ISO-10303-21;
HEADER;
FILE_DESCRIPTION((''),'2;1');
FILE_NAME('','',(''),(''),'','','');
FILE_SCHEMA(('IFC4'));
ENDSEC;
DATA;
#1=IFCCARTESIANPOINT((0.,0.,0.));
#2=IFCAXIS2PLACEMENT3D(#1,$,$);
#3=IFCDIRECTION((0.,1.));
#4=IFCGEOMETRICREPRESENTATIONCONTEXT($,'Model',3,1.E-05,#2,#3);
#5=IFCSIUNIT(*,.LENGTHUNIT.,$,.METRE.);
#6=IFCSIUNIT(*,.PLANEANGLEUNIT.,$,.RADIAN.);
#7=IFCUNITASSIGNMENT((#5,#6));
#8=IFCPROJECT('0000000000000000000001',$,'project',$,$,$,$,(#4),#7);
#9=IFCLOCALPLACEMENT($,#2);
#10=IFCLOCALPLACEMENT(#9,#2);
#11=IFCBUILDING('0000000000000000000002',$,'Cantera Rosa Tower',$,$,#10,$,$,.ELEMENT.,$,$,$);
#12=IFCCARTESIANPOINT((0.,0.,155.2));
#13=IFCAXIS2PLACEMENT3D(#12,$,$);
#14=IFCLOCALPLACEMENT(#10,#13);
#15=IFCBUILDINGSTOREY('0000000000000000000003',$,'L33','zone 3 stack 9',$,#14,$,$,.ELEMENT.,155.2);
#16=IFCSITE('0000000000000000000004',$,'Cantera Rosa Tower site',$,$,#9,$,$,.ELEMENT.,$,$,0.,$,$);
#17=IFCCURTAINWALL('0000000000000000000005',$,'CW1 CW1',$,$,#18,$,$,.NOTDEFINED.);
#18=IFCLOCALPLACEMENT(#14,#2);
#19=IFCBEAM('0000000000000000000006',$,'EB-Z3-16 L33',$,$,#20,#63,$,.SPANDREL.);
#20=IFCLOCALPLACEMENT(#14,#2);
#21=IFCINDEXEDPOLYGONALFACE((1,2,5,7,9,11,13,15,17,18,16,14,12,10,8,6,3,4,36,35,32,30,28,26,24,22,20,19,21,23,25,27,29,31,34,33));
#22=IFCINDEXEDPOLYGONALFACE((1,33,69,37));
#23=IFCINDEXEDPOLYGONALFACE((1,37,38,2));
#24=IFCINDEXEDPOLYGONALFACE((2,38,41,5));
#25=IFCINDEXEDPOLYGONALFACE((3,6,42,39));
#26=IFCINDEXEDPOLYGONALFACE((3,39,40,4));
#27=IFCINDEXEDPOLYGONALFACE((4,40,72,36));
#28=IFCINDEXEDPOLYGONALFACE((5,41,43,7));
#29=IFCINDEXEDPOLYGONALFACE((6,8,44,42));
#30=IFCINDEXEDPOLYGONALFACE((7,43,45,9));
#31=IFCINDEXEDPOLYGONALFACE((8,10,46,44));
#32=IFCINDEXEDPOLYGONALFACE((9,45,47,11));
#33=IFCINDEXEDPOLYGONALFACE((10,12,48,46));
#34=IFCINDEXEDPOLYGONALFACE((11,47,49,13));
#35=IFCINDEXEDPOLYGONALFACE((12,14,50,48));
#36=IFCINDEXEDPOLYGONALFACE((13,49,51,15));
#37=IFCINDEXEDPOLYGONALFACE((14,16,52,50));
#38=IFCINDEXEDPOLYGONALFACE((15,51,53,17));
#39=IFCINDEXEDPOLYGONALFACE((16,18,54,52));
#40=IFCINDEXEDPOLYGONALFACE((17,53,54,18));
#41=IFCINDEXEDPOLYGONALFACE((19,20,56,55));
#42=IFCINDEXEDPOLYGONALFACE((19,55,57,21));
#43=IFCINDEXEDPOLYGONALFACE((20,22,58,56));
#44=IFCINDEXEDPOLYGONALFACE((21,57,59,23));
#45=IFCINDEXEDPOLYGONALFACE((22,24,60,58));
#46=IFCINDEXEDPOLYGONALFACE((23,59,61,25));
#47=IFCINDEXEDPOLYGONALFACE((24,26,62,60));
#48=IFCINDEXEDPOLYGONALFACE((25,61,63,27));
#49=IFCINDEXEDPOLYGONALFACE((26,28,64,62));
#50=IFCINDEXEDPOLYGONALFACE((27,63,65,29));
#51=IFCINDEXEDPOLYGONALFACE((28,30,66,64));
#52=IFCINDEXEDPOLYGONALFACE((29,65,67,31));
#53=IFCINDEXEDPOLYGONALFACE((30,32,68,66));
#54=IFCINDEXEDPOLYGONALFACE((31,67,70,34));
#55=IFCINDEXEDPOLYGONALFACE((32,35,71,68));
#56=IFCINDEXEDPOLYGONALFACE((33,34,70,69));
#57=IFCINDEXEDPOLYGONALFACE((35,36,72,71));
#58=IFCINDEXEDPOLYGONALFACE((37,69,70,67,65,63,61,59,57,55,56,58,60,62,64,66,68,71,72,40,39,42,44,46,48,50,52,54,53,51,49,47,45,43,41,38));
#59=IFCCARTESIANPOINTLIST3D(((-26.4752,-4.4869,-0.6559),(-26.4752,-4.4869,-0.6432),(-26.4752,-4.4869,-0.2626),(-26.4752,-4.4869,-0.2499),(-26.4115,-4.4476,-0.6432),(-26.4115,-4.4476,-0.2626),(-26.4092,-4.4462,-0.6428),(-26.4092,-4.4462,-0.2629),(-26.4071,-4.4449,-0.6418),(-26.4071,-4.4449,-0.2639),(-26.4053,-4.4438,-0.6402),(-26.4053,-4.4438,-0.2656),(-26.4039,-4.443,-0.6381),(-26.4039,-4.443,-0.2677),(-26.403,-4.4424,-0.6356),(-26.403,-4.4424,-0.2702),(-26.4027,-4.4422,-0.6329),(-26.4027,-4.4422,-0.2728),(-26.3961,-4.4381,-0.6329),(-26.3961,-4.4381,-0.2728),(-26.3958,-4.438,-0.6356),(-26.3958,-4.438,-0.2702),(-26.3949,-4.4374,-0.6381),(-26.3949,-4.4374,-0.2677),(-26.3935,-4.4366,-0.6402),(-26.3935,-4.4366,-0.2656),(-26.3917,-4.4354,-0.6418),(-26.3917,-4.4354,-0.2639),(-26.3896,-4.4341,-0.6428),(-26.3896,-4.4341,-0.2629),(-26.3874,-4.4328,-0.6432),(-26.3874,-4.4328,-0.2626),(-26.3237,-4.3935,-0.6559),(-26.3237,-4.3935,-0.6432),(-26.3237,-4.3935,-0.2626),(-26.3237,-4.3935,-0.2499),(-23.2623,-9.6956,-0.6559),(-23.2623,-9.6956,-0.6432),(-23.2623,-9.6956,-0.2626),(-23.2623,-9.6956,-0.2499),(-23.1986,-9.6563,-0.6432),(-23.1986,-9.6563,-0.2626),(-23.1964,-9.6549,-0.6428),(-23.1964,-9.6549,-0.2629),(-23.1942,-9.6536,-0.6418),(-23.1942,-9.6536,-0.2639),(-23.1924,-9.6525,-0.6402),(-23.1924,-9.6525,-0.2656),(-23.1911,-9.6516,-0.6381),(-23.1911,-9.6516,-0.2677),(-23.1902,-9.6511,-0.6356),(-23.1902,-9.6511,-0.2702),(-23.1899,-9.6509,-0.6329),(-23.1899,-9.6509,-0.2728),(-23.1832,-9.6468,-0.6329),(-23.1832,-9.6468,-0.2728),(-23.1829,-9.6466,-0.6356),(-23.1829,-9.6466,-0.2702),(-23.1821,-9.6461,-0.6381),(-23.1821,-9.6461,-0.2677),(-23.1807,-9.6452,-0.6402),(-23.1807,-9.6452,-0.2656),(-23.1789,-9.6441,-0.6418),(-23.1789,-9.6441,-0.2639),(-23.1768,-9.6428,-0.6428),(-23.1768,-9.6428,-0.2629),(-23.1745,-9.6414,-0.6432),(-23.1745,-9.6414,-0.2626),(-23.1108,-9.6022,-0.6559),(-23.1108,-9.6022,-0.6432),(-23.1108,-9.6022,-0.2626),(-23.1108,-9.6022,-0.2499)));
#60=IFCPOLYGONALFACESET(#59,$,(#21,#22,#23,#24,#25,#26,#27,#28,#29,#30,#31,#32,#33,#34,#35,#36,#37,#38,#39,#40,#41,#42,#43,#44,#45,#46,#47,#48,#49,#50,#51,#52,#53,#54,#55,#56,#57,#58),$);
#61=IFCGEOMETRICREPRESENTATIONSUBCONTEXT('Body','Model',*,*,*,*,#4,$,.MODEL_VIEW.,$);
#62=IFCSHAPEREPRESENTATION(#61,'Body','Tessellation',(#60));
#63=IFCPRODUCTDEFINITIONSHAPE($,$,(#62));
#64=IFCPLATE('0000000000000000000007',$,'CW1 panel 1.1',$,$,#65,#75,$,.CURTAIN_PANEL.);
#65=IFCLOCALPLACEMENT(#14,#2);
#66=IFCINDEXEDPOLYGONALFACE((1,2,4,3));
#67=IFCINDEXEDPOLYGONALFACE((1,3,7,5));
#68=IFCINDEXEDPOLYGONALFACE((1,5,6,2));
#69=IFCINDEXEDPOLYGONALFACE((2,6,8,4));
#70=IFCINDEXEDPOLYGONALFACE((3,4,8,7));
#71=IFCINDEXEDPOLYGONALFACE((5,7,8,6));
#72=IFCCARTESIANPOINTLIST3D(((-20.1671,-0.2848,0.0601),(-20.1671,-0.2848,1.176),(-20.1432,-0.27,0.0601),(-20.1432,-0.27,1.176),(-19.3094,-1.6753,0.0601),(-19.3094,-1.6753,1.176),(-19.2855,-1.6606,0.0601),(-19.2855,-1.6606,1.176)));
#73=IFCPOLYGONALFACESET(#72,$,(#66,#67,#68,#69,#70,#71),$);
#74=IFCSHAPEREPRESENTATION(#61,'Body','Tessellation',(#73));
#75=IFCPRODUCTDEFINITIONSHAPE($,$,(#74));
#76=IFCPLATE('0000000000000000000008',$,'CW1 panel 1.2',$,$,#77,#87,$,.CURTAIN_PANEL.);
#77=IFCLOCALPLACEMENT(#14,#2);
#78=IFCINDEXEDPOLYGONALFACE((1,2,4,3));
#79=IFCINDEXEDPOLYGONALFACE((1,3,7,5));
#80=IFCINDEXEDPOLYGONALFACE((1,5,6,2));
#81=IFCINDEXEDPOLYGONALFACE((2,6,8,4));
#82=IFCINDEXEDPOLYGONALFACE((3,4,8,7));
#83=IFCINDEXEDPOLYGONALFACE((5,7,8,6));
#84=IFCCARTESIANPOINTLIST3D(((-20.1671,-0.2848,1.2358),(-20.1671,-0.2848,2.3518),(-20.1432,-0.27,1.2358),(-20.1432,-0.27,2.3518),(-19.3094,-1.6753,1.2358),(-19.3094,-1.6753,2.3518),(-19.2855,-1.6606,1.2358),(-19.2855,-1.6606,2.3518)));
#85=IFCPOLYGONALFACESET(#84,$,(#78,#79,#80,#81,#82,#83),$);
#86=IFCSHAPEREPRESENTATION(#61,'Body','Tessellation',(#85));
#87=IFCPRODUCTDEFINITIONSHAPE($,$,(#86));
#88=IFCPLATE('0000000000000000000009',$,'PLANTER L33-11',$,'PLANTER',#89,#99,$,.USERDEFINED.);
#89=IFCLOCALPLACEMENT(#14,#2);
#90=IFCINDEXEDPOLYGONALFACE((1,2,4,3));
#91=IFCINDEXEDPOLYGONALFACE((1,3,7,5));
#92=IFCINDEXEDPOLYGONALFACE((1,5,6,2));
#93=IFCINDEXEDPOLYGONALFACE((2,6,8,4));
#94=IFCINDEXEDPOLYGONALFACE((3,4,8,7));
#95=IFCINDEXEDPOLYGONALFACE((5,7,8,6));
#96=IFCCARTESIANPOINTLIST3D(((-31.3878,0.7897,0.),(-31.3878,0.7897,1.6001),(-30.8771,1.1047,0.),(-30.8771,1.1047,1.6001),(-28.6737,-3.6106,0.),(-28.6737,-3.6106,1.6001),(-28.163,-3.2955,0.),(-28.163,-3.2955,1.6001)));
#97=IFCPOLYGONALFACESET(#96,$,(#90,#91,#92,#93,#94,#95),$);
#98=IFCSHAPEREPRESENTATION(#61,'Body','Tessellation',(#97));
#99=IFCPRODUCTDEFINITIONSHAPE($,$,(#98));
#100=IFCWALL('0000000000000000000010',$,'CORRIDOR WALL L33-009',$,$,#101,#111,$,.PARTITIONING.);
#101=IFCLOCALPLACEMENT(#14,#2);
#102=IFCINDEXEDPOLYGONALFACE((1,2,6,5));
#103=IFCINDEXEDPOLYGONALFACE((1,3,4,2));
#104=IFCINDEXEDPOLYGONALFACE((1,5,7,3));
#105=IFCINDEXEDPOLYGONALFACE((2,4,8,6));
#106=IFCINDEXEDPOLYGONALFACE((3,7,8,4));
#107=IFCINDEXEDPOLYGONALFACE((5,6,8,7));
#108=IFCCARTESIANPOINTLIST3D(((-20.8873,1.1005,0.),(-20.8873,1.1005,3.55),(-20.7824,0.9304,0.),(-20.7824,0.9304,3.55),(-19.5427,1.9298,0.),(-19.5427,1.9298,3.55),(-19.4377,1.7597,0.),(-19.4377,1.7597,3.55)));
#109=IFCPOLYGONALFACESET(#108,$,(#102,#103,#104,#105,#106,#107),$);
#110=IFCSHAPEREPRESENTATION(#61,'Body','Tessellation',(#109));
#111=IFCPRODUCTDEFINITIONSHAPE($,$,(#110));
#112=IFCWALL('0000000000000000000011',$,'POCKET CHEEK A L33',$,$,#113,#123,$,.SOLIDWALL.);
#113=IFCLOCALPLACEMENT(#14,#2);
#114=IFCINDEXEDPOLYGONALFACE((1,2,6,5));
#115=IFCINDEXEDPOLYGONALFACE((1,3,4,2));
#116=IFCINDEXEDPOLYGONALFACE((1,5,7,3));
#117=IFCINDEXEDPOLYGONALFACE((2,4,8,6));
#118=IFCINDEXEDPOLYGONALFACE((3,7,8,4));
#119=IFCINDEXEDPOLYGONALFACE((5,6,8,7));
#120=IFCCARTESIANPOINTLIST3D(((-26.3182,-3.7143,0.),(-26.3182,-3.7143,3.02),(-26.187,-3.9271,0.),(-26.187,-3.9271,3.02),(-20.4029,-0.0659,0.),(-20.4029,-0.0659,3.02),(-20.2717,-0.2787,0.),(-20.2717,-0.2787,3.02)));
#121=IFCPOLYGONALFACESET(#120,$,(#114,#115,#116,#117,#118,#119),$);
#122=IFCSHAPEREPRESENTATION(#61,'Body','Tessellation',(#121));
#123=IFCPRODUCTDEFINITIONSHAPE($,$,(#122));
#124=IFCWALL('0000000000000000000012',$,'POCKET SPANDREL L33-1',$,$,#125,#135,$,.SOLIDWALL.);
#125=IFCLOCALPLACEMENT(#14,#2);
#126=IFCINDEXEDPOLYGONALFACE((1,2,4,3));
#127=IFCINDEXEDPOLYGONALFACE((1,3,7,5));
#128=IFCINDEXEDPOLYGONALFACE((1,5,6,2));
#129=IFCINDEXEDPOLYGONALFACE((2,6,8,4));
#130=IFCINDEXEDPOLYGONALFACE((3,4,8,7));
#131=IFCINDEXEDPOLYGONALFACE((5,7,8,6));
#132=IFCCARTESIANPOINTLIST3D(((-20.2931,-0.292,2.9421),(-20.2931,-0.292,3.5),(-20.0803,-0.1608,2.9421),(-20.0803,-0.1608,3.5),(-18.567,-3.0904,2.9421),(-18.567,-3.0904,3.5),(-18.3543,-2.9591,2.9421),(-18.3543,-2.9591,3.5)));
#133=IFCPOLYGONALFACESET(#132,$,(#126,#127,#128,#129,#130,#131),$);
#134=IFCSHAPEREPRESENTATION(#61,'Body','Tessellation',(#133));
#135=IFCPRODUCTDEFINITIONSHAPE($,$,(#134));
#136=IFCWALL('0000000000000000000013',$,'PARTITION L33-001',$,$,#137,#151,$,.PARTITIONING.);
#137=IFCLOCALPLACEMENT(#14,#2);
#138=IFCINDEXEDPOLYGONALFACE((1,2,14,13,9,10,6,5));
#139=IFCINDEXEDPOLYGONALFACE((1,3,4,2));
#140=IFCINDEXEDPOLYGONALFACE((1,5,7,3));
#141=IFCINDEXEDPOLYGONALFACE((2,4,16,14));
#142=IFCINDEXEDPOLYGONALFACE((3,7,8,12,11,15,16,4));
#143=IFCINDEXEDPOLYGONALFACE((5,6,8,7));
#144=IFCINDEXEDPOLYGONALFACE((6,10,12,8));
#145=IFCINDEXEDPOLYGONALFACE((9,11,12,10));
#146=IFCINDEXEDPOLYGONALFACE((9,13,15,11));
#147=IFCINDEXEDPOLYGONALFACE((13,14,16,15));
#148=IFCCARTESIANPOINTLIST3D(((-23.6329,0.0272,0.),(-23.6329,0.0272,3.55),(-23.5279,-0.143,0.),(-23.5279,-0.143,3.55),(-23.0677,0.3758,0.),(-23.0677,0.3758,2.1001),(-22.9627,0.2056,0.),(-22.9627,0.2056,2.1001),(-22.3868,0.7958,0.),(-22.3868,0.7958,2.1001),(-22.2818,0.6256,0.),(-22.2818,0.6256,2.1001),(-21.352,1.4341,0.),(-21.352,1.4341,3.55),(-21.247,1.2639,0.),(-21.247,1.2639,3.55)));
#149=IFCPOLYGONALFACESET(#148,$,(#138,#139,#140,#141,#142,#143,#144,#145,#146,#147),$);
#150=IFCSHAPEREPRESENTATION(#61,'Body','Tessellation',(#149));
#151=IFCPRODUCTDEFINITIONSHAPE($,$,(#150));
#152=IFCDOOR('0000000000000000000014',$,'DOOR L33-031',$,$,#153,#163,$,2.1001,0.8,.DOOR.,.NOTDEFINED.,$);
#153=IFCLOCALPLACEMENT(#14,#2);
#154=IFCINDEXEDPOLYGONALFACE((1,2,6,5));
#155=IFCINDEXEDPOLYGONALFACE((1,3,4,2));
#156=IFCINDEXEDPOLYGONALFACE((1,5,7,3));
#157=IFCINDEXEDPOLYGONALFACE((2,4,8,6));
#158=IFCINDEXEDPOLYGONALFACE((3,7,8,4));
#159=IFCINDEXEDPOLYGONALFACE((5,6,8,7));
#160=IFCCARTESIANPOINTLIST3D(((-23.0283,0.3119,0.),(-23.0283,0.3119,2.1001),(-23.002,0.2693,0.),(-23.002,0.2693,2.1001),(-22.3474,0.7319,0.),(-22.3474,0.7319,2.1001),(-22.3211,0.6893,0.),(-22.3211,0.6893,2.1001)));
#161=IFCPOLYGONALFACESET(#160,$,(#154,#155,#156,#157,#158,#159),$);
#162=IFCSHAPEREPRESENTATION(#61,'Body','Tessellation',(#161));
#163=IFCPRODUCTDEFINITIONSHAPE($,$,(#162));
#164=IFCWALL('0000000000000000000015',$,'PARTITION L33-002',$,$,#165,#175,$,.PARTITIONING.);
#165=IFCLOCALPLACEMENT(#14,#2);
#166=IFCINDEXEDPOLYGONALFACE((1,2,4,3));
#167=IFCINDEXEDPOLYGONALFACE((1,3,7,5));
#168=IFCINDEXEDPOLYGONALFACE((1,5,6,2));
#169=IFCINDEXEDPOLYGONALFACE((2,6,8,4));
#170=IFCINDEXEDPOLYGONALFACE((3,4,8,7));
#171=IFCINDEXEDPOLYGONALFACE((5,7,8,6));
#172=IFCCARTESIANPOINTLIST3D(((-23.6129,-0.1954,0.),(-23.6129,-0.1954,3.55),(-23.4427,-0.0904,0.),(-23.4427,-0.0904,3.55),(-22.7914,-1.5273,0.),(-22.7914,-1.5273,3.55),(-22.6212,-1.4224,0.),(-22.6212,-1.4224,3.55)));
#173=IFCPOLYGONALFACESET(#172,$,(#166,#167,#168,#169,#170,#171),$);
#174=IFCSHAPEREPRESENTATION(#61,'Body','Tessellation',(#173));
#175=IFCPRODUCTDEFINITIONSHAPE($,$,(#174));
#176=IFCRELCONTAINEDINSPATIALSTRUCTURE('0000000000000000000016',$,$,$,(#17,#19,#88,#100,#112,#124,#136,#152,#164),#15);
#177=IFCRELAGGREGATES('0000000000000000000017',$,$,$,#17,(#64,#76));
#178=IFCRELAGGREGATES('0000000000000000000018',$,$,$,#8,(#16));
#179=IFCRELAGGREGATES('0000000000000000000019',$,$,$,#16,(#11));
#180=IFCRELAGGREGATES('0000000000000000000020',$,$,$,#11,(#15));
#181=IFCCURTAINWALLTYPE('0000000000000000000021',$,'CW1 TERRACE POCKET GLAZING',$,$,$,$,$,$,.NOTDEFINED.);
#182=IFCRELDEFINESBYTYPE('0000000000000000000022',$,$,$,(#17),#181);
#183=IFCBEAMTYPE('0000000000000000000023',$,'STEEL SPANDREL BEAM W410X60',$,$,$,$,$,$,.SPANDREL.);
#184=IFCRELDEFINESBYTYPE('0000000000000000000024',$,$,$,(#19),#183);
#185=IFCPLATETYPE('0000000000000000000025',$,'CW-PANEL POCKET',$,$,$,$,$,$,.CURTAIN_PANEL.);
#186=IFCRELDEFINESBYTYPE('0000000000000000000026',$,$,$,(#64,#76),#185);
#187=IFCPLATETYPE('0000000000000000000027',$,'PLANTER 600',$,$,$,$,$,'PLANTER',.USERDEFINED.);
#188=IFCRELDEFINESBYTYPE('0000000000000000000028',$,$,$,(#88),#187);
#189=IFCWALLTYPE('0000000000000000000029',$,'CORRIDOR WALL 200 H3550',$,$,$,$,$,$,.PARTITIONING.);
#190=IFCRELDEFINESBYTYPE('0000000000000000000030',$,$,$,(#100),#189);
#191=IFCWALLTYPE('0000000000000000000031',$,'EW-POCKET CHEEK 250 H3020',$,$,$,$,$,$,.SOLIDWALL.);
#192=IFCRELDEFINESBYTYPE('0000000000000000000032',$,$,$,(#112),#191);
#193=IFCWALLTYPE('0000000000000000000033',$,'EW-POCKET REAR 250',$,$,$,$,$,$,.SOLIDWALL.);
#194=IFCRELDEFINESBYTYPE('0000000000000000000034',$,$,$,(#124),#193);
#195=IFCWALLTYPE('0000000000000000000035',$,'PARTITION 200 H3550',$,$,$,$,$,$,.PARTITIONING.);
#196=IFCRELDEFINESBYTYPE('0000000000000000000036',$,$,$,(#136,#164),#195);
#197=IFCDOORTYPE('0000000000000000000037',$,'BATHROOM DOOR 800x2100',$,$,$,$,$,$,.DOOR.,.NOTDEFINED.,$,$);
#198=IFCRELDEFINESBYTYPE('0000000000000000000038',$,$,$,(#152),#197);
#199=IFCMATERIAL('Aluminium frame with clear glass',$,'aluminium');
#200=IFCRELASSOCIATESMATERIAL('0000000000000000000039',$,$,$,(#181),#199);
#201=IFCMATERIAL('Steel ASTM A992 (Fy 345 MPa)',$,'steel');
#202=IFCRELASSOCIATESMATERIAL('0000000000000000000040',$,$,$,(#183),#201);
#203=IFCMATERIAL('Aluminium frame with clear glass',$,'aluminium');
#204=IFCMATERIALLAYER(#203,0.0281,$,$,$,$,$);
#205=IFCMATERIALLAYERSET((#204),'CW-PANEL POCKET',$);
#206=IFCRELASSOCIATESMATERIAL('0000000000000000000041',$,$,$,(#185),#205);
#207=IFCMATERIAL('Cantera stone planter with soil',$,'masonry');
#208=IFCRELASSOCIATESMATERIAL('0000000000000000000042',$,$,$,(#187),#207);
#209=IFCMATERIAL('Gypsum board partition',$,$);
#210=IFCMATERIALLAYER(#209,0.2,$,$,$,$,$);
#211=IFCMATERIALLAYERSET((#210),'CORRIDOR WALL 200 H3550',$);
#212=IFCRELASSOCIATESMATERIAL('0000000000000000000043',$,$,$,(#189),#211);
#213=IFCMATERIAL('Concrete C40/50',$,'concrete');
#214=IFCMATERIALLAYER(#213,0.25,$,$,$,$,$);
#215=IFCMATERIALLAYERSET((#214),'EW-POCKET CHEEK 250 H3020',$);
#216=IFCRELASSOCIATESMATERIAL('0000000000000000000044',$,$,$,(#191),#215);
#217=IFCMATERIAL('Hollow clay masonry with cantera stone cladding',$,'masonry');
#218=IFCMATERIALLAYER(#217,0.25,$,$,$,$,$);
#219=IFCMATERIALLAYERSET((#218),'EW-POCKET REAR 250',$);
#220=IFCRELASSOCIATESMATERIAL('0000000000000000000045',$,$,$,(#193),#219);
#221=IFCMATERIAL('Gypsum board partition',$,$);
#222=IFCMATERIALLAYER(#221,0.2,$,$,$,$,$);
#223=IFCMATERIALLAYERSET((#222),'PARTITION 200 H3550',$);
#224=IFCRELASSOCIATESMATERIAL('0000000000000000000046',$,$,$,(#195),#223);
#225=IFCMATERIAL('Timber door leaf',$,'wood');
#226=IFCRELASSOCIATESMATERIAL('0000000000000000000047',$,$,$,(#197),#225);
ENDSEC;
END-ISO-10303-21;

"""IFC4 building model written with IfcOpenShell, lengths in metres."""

from ifc_helpers import new_model, si_unit, direction, frame, frame_2d, origin, origin_2d, place, context, subcontext, project, spatial, rectangle, i_section, extrude, material, layer, layer_set, material_profile, profile_set, type_object, element, fill, aggregate, save


model = new_model("IFC4")

# Units and contexts
model_context = context("Model", 3, precision=1e-05, world=origin(), true_north=direction((0.0, 1.0)))
body_context = subcontext(model_context, "Body", "Model", "MODEL_VIEW")
ifc_project = project(units=[si_unit("LENGTHUNIT", "METRE"), si_unit("PLANEANGLEUNIT", "RADIAN")], contexts=[model_context])

# Site, building, storey
site_placement = place(None, origin())
site = spatial("IfcSite", under=ifc_project, at=site_placement, Name="Cantera Rosa Tower site", CompositionType="ELEMENT", RefElevation=0.0)
building_placement = place(site_placement, origin())
building = spatial("IfcBuilding", under=site, at=building_placement, Name="Cantera Rosa Tower", CompositionType="ELEMENT")
storey_placement = place(building_placement, frame((0.0, 0.0, 155.2)))
storey = spatial("IfcBuildingStorey", under=building, at=storey_placement, Name="L33", Description="zone 3 stack 9", CompositionType="ELEMENT", Elevation=155.2)

# Curtain wall
ifc_material_1 = material(Name="Aluminium frame with clear glass", Category="aluminium")
curtain_wall_type = type_object("IfcCurtainWallType", Name="CW1 TERRACE POCKET GLAZING", PredefinedType="NOTDEFINED", material=ifc_material_1)
curtain_wall_placement = place(storey_placement, origin())
curtain_wall = element("IfcCurtainWall", 1, at=curtain_wall_placement, inside=storey, type_object=curtain_wall_type, Name="CW1 CW1", PredefinedType="NOTDEFINED")

# Beam
ifc_material_2 = material(Name="Steel ASTM A992 (Fy 345 MPa)", Category="steel")
ifc_material_profile_1 = material_profile(ifc_material_2, i_section(OverallWidth=0.178, OverallDepth=0.406, WebThickness=0.0078, FlangeThickness=0.0127, FilletRadius=0.0103, at=origin_2d()), Name="W410X60")
ifc_profile_set_1 = profile_set([ifc_material_profile_1], Name="Steel ASTM A992 (Fy 345 MPa)")
beam_type_1 = type_object("IfcBeamType", Name="STEEL SPANDREL BEAM W410X60", PredefinedType="SPANDREL", material=ifc_profile_set_1)
for number, where, z_axis, x_axis, name in (
    (2, (-26.3994, -4.4402, -0.4529), (0.524987, -0.85111, 0.0), (0.85111, 0.524987, 0.0), "EB-Z3-16 L33"),
):
    element("IfcBeam", number, at=place(storey_placement, frame(where, z_axis=z_axis, x_axis=x_axis)), inside=storey, type_object=beam_type_1, Name=name, PredefinedType="SPANDREL", context=body_context, shape_type="SweptSolid", body=[
        extrude(i_section(OverallWidth=0.178, OverallDepth=0.406, WebThickness=0.0078, FlangeThickness=0.0127, FilletRadius=0.0103, at=origin_2d()), origin(), (0.0, 0.0, 1.0), 6.1199),
    ])

# Plates
ifc_material_3 = material(Name="Aluminium frame with clear glass", Category="aluminium")
ifc_layer_1 = layer(ifc_material_3, 0.0281)
ifc_layer_set_1 = layer_set([ifc_layer_1], Name="CW-PANEL POCKET")
plate_type_1 = type_object("IfcPlateType", Name="CW-PANEL POCKET", PredefinedType="CURTAIN_PANEL", material=ifc_layer_set_1)
plate_1_placement = place(storey_placement, frame((-19.7263, -0.9727, 0.0601), z_axis=(0.0, 0.0, 1.0), x_axis=(0.524977, -0.851117, 0.0)))
plate_1 = element("IfcPlate", 3, at=plate_1_placement, type_object=plate_type_1, Name="CW1 panel 1.1", PredefinedType="CURTAIN_PANEL", context=body_context, shape_type="SweptSolid", body=[
    extrude(rectangle(XDim=1.6338, YDim=0.0281, at=origin_2d()), origin(), (0.0, 0.0, 1.0), 1.116),
])
plate_2_placement = place(storey_placement, frame((-19.7263, -0.9727, 1.2358), z_axis=(0.0, 0.0, 1.0), x_axis=(0.524977, -0.851117, 0.0)))
plate_2 = element("IfcPlate", 4, at=plate_2_placement, type_object=plate_type_1, Name="CW1 panel 1.2", PredefinedType="CURTAIN_PANEL", context=body_context, shape_type="SweptSolid", body=[
    extrude(rectangle(XDim=1.6338, YDim=0.0281, at=origin_2d()), origin(), (0.0, 0.0, 1.0), 1.116),
])
aggregate(curtain_wall, [plate_1, plate_2])
ifc_material_4 = material(Name="Cantera stone planter with soil", Category="masonry")
plate_type_2 = type_object("IfcPlateType", Name="PLANTER 600", ElementType="PLANTER", PredefinedType="USERDEFINED", material=ifc_material_4)
plate_3_placement = place(storey_placement, frame((-29.7754, -1.2529, 0.0), z_axis=(0.0, 0.0, 1.0), x_axis=(0.524977, -0.851117, 0.0)))
element("IfcPlate", 5, at=plate_3_placement, inside=storey, type_object=plate_type_2, Name="PLANTER L33-11", ObjectType="PLANTER", PredefinedType="USERDEFINED", context=body_context, shape_type="SweptSolid", body=[
    extrude(rectangle(XDim=5.1699, YDim=0.6001, at=origin_2d()), origin(), (0.0, 0.0, 1.0), 1.6001),
])

# Wall
ifc_material_5 = material(Name="Gypsum board partition")
ifc_layer_2 = layer(ifc_material_5, 0.2)
ifc_layer_set_2 = layer_set([ifc_layer_2], Name="CORRIDOR WALL 200 H3550")
wall_type_1 = type_object("IfcWallType", Name="CORRIDOR WALL 200 H3550", PredefinedType="PARTITIONING", material=ifc_layer_set_2)
wall_1_placement = place(storey_placement, frame((-20.835, 1.0154, 0.0), z_axis=(0.0, 0.0, 1.0), x_axis=(0.851143, 0.524933, 0.0)))
element("IfcWall", 6, at=wall_1_placement, inside=storey, type_object=wall_type_1, Name="CORRIDOR WALL L33-009", PredefinedType="PARTITIONING", context=body_context, shape_type="SweptSolid", body=[
    extrude(rectangle(XDim=1.5798, YDim=0.2, at=frame_2d((0.79, 0.0))), origin(), (0.0, 0.0, 1.0), 3.55),
])

# Walls
ifc_material_6 = material(Name="Concrete C40/50", Category="concrete")
ifc_layer_3 = layer(ifc_material_6, 0.25)
ifc_layer_set_3 = layer_set([ifc_layer_3], Name="EW-POCKET CHEEK 250 H3020")
wall_type_2 = type_object("IfcWallType", Name="EW-POCKET CHEEK 250 H3020", PredefinedType="SOLIDWALL", material=ifc_layer_set_3)
wall_2_placement = place(storey_placement, frame((-26.2527, -3.8208, 0.0), z_axis=(0.0, 0.0, 1.0), x_axis=(0.851127, 0.52496, 0.0)))
element("IfcWall", 7, at=wall_2_placement, inside=storey, type_object=wall_type_2, Name="POCKET CHEEK A L33", PredefinedType="SOLIDWALL", context=body_context, shape_type="SweptSolid", body=[
    extrude(rectangle(XDim=6.95, YDim=0.25, at=frame_2d((3.4751, 0.0))), origin(), (0.0, 0.0, 1.0), 3.02),
])
ifc_material_7 = material(Name="Hollow clay masonry with cantera stone cladding", Category="masonry")
ifc_layer_4 = layer(ifc_material_7, 0.25)
ifc_layer_set_4 = layer_set([ifc_layer_4], Name="EW-POCKET REAR 250")
wall_type_3 = type_object("IfcWallType", Name="EW-POCKET REAR 250", PredefinedType="SOLIDWALL", material=ifc_layer_set_4)
wall_3_placement = place(storey_placement, frame((-20.1868, -0.2263, 2.9421), z_axis=(0.0, 0.0, 1.0), x_axis=(0.524984, -0.851112, 0.0)))
element("IfcWall", 8, at=wall_3_placement, inside=storey, type_object=wall_type_3, Name="POCKET SPANDREL L33-1", PredefinedType="SOLIDWALL", context=body_context, shape_type="SweptSolid", body=[
    extrude(rectangle(XDim=3.2878, YDim=0.25, at=frame_2d((1.644, 0.0))), origin(), (0.0, 0.0, 1.0), 0.5579),
])

# Wall, opening, door
ifc_material_8 = material(Name="Gypsum board partition")
ifc_layer_5 = layer(ifc_material_8, 0.2)
ifc_layer_set_5 = layer_set([ifc_layer_5], Name="PARTITION 200 H3550")
wall_type_4 = type_object("IfcWallType", Name="PARTITION 200 H3550", PredefinedType="PARTITIONING", material=ifc_layer_set_5)
wall_4_placement = place(storey_placement, frame((-23.5803, -0.0579, 0.0), z_axis=(0.0, 0.0, 1.0), x_axis=(0.85111, 0.524987, 0.0)))
wall_4 = element("IfcWall", 9, at=wall_4_placement, inside=storey, type_object=wall_type_4, Name="PARTITION L33-001", PredefinedType="PARTITIONING", context=body_context, shape_type="SweptSolid", body=[
    extrude(rectangle(XDim=2.6799, YDim=0.2, at=frame_2d((1.3398, 0.0))), origin(), (0.0, 0.0, 1.0), 3.55),
])
opening_1_placement = place(wall_4_placement, frame((0.6641, 0.0, 0.0)))
opening_1 = element("IfcOpeningElement", 10, at=opening_1_placement, cuts=wall_4, PredefinedType="OPENING", context=body_context, shape_type="SweptSolid", body=[
    extrude(rectangle(XDim=0.8, YDim=2.1001, at=frame_2d((0.3999, 1.05))), frame((0.0, 0.1099, 0.0), z_axis=(0.0, -1.0, 0.0), x_axis=(1.0, 0.0, 0.0)), (0.0, 0.0, 1.0), 0.22),
])
ifc_material_9 = material(Name="Timber door leaf", Category="wood")
door_type_1 = type_object("IfcDoorType", Name="BATHROOM DOOR 800x2100", OperationType="NOTDEFINED", PredefinedType="DOOR", material=ifc_material_9)
door_1_placement = place(opening_1_placement, origin())
door_1 = element("IfcDoor", 11, at=door_1_placement, inside=storey, type_object=door_type_1, Name="DOOR L33-031", OperationType="NOTDEFINED", OverallHeight=2.1001, OverallWidth=0.8, PredefinedType="DOOR", context=body_context, shape_type="SweptSolid", body=[
    extrude(rectangle(XDim=0.8, YDim=2.1001, at=frame_2d((0.3999, 1.05))), frame((0.0, 0.0249, 0.0), z_axis=(0.0, -1.0, 0.0), x_axis=(1.0, 0.0, 0.0)), (0.0, 0.0, 1.0), 0.05),
])
fill(opening_1, door_1)

# Wall
wall_5_placement = place(storey_placement, frame((-22.7063, -1.4749, 0.0), z_axis=(0.0, 0.0, 1.0), x_axis=(-0.524941, 0.851138, 0.0)))
element("IfcWall", 12, at=wall_5_placement, inside=storey, type_object=wall_type_4, Name="PARTITION L33-002", PredefinedType="PARTITIONING", context=body_context, shape_type="SweptSolid", body=[
    extrude(rectangle(XDim=1.5649, YDim=0.2, at=frame_2d((0.7825, 0.0))), origin(), (0.0, 0.0, 1.0), 3.55),
])

save(model, "model.ifc")
